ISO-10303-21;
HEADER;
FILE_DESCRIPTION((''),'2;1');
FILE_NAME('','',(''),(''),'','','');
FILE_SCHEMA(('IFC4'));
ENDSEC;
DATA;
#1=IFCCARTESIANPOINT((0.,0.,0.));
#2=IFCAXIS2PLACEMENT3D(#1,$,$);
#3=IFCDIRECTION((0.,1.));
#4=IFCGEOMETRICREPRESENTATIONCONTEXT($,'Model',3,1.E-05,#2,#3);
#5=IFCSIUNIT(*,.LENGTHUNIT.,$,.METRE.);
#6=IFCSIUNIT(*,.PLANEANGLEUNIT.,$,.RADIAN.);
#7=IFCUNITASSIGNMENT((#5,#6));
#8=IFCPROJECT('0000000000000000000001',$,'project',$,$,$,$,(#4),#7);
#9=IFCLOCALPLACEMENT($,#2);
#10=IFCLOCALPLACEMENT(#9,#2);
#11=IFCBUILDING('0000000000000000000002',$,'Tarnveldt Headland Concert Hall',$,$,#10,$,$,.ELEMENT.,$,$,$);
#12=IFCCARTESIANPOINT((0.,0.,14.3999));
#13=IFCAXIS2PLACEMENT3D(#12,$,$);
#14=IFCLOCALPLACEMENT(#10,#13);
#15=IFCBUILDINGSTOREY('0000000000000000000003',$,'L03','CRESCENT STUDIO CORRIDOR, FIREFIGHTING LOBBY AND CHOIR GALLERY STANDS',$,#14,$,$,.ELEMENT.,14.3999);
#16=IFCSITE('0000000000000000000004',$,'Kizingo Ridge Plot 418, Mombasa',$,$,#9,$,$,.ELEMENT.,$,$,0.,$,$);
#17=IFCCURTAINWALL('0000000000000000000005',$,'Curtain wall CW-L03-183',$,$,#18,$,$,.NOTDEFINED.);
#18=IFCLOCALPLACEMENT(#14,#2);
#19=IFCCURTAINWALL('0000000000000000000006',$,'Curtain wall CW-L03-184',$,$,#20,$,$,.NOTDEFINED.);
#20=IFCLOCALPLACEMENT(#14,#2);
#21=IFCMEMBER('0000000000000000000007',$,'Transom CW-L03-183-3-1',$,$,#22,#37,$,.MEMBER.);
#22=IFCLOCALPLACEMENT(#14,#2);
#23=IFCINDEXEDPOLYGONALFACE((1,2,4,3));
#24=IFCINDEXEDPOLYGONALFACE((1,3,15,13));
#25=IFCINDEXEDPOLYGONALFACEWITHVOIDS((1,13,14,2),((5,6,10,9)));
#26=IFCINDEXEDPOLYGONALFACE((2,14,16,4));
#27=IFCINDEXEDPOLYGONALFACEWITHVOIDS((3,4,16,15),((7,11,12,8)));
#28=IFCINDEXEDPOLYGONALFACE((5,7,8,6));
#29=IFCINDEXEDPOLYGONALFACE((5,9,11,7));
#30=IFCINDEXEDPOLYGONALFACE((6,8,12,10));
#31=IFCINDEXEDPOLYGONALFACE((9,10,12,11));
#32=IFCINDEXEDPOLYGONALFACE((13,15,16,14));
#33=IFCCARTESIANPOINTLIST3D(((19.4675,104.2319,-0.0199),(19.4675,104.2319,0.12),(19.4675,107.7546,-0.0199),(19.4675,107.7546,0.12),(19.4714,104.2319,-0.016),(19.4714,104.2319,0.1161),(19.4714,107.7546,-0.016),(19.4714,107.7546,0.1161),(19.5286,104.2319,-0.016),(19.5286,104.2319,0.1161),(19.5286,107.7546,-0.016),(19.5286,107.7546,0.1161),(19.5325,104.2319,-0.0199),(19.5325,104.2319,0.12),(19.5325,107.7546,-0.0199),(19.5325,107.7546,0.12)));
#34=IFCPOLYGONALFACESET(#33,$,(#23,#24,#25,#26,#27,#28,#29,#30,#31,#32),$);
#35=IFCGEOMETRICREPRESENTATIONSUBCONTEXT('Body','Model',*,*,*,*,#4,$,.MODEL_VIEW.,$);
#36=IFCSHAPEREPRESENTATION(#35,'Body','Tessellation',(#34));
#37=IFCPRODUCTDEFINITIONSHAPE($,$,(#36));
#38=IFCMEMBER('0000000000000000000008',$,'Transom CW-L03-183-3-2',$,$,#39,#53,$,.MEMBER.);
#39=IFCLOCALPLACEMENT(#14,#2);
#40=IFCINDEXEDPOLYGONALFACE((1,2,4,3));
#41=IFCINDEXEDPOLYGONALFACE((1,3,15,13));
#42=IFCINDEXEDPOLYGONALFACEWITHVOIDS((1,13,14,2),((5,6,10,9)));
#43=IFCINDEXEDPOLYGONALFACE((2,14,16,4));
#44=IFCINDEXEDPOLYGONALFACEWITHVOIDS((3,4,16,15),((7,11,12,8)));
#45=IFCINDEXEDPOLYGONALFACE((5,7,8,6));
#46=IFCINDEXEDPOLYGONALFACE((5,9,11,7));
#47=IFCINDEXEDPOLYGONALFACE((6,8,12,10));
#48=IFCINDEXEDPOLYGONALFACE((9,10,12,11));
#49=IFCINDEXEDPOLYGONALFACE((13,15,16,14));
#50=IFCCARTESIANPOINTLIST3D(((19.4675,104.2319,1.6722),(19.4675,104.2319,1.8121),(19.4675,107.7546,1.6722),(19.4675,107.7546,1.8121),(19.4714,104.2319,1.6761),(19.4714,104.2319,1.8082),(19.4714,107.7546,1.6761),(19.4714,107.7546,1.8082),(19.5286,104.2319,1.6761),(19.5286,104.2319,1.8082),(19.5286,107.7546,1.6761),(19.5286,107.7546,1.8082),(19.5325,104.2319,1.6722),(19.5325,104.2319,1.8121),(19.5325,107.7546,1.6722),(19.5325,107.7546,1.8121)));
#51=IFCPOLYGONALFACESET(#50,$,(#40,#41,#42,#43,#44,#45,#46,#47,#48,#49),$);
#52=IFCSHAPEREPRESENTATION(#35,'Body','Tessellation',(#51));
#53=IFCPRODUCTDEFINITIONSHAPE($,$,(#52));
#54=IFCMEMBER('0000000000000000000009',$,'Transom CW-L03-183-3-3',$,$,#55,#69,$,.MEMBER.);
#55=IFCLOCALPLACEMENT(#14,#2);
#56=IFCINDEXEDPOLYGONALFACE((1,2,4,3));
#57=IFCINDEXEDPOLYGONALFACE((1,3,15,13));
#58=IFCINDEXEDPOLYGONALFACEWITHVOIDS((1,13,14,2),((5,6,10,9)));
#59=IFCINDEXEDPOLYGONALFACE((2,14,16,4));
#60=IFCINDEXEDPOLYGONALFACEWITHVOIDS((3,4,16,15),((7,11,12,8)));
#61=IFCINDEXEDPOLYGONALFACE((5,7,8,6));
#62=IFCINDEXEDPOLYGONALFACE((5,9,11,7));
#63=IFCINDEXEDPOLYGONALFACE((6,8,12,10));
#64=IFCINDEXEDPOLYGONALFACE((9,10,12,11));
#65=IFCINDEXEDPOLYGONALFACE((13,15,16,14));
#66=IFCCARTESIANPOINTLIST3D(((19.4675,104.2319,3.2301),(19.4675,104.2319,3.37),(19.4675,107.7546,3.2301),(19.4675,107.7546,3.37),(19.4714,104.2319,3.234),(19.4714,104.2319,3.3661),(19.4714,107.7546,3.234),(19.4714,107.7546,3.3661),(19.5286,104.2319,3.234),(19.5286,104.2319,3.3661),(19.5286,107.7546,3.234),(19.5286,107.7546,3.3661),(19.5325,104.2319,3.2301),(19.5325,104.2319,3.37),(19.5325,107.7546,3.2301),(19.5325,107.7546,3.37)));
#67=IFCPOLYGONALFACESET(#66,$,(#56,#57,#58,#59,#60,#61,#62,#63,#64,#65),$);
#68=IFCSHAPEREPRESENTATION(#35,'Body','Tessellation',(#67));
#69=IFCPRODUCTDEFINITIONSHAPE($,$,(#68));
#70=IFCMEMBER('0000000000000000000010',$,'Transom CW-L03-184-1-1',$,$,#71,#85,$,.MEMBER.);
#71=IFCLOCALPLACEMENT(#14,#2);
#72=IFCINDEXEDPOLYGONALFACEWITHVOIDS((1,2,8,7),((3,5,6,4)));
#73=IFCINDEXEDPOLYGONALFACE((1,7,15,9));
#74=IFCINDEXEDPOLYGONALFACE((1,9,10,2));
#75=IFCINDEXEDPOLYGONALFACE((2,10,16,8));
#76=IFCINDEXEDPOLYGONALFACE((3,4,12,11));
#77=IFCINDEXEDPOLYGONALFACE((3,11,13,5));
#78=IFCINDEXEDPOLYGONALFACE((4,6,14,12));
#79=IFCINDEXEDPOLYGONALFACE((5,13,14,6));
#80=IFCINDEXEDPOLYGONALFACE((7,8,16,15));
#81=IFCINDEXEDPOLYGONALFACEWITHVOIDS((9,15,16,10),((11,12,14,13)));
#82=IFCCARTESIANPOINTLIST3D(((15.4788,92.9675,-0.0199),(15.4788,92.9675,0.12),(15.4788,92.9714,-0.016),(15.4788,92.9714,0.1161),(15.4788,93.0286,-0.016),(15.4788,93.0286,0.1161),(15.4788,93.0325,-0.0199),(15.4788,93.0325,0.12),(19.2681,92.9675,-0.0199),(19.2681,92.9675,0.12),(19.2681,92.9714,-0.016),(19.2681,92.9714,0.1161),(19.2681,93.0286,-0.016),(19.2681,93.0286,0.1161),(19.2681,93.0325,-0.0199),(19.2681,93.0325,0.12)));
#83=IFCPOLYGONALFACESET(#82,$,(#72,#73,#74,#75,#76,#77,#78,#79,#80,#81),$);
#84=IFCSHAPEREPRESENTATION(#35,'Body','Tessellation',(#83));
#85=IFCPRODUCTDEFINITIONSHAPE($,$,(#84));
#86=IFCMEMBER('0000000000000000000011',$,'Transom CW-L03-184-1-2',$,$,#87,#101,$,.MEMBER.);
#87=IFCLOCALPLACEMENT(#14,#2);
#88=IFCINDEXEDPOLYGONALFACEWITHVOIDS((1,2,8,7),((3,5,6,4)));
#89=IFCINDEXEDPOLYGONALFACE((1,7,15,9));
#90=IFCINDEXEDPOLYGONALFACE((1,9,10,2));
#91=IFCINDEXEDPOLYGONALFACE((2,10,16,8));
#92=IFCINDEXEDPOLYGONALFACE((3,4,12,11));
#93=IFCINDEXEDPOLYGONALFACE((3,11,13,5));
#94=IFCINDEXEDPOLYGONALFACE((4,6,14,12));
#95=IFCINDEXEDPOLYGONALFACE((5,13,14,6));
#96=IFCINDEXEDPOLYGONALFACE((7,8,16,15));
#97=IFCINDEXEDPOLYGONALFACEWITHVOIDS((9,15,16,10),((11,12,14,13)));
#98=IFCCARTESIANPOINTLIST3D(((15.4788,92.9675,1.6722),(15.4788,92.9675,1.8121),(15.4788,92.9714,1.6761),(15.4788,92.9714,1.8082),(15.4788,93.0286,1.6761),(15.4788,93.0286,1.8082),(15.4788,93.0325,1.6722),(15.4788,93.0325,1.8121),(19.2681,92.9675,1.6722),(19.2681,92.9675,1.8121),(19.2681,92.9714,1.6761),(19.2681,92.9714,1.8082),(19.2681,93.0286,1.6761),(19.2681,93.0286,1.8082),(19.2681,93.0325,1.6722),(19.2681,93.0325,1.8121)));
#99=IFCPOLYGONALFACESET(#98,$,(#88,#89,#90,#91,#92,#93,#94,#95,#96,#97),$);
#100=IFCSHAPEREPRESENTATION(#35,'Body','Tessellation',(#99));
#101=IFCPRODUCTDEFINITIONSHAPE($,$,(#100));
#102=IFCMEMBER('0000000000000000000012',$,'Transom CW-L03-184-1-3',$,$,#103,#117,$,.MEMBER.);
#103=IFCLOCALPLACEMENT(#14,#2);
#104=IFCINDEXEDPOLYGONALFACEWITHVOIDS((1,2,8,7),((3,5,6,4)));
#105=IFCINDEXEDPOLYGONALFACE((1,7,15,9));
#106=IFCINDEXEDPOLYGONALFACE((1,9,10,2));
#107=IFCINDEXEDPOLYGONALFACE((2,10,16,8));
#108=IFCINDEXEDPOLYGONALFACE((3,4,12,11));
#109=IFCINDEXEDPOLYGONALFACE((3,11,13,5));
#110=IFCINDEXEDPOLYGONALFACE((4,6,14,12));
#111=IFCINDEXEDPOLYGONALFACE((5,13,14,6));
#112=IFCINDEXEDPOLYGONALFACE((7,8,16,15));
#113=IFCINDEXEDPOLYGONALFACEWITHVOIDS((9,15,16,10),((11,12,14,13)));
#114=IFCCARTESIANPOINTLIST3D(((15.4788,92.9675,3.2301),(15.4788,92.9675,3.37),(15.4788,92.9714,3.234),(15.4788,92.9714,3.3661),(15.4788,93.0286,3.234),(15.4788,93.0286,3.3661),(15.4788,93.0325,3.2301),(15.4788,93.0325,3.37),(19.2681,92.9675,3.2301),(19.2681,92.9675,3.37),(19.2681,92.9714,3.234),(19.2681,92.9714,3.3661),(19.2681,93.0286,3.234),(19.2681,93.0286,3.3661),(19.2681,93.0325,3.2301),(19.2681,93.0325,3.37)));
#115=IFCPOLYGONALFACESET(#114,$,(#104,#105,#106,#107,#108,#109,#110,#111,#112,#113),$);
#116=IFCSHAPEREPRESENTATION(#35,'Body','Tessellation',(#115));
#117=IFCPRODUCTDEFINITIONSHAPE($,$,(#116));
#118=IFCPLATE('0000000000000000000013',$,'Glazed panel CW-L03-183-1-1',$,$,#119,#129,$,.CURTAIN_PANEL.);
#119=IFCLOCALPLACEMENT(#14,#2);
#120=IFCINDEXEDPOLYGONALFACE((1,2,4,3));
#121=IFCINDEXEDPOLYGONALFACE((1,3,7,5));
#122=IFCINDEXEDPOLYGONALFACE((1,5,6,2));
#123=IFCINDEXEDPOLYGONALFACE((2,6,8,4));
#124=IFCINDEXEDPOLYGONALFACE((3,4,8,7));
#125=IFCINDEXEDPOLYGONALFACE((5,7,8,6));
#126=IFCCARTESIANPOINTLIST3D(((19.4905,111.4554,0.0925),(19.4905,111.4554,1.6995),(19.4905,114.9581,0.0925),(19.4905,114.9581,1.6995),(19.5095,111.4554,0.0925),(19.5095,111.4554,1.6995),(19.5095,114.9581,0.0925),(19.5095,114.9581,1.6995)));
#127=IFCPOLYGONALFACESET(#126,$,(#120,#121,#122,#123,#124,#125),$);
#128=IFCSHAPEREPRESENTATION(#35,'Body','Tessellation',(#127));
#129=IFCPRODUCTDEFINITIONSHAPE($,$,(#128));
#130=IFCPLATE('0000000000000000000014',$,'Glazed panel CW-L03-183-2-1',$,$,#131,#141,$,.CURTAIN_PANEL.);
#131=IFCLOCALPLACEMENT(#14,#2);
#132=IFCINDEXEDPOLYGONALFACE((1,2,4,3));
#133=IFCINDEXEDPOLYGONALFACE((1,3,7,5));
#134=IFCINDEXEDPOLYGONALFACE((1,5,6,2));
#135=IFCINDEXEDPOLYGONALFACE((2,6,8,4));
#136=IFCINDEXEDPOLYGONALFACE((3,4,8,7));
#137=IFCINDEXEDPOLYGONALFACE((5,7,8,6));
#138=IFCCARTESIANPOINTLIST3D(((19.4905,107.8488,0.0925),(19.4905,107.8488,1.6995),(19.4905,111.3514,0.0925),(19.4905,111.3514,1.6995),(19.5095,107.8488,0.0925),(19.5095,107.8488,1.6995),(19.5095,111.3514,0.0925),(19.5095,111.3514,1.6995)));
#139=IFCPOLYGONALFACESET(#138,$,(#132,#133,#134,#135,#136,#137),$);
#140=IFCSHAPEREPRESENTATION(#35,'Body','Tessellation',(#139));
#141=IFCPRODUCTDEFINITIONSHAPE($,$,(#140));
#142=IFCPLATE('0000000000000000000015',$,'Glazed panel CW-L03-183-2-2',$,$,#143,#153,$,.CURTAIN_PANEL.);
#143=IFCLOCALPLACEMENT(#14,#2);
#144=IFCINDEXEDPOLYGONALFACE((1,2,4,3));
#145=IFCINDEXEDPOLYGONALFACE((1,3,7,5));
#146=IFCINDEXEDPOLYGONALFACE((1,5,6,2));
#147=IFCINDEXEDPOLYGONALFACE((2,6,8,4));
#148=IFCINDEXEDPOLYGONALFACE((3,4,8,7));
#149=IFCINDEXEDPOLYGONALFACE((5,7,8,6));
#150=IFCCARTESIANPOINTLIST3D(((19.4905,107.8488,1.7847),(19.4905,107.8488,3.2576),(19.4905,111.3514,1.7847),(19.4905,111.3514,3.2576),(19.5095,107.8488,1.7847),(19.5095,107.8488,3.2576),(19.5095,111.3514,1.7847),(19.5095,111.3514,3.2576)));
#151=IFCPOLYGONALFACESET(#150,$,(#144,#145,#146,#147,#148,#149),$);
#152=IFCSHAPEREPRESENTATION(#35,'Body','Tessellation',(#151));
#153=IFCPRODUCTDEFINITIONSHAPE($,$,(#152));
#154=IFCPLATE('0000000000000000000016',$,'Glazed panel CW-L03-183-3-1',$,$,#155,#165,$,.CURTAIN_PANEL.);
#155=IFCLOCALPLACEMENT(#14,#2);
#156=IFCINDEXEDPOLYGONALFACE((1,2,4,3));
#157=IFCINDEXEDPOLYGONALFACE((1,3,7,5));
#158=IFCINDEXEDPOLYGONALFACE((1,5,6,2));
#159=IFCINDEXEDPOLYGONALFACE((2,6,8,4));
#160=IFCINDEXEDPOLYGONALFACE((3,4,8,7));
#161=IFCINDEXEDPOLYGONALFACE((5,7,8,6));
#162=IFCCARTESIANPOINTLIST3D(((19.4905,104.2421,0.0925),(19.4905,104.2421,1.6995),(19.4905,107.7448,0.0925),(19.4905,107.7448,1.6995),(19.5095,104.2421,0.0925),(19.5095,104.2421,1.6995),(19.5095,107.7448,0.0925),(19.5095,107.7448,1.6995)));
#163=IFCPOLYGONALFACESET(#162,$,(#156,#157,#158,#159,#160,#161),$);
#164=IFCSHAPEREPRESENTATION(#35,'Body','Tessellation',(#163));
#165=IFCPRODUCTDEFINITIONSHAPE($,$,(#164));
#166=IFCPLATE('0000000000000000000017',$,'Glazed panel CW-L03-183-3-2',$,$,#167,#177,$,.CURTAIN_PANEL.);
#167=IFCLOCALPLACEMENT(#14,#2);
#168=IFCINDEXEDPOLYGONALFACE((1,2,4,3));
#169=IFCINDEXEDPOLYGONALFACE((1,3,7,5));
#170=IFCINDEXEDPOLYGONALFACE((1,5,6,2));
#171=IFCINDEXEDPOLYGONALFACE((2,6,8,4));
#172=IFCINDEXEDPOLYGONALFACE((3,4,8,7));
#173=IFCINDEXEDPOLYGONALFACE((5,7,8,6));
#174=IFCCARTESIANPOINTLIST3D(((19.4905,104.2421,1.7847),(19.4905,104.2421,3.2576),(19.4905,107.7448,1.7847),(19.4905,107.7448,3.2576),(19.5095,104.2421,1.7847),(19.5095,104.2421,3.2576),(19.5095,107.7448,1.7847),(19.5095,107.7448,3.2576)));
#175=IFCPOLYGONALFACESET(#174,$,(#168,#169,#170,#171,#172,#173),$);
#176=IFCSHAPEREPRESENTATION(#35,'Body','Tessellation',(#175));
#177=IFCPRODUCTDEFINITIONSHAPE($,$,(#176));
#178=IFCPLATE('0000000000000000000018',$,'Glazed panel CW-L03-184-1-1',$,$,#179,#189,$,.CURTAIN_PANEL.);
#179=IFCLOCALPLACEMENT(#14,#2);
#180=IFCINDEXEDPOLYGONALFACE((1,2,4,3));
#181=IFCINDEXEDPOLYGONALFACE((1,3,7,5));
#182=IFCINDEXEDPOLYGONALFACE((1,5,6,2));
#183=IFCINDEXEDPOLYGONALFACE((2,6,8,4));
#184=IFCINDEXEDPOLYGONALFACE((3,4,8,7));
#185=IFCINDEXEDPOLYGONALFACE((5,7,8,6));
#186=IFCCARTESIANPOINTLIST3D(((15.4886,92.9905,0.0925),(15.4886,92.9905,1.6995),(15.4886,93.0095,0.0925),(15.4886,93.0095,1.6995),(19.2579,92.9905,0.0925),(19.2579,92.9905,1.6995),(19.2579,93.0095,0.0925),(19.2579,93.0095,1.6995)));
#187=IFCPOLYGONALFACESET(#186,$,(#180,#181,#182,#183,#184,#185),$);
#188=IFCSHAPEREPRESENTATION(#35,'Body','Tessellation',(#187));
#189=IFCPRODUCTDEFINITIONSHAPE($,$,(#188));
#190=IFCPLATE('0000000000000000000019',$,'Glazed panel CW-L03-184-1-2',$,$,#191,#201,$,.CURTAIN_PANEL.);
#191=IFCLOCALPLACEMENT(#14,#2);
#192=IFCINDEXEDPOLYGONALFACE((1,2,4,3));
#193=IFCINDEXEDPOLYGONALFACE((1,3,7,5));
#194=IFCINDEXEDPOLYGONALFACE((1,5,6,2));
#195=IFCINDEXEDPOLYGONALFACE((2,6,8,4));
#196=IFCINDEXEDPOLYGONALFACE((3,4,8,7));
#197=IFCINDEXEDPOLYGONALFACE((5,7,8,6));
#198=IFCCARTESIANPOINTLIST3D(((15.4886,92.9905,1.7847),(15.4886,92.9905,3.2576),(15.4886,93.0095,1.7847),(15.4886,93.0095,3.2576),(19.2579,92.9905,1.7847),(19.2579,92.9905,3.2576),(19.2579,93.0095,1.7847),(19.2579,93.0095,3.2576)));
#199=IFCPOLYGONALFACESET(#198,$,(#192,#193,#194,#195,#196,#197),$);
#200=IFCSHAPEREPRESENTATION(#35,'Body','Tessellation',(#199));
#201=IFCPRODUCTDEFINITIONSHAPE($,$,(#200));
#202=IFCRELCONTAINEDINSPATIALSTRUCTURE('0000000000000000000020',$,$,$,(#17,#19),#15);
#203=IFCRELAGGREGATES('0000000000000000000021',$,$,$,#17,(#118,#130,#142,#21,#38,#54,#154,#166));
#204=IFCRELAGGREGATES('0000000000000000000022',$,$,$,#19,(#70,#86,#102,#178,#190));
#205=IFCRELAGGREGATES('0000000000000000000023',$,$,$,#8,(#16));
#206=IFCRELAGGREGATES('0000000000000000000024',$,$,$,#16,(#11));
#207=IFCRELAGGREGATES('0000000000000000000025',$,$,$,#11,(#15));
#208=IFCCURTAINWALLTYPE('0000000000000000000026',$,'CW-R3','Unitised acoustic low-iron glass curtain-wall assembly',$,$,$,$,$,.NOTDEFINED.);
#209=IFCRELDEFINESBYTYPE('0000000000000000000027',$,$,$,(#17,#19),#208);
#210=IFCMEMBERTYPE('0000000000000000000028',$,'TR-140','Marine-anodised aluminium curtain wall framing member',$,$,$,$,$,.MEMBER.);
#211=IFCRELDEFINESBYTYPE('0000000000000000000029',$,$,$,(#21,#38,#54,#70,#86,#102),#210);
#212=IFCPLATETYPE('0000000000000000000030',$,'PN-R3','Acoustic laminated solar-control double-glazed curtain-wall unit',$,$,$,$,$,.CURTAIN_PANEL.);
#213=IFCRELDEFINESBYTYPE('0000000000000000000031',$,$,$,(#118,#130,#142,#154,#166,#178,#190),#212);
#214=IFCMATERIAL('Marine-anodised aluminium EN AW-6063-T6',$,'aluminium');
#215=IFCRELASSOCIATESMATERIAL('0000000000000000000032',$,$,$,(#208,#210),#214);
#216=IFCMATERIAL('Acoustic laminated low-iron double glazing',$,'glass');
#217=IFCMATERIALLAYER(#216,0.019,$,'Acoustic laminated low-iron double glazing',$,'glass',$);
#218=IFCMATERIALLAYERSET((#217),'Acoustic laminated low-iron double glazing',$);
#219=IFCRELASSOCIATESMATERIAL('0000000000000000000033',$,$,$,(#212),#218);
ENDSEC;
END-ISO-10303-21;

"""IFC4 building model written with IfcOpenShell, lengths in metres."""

from ifc_helpers import new_model, si_unit, direction, frame, origin, origin_2d, place, context, subcontext, project, spatial, rectangle, hollow_rectangle, extrude, material, layer, layer_set, material_profile, profile_set, type_object, element, aggregate, save


model = new_model("IFC4")

# Units and contexts
model_context = context("Model", 3, precision=1e-05, world=origin(), true_north=direction((0.0, 1.0)))
body_context = subcontext(model_context, "Body", "Model", "MODEL_VIEW")
ifc_project = project(units=[si_unit("LENGTHUNIT", "METRE"), si_unit("PLANEANGLEUNIT", "RADIAN")], contexts=[model_context])

# Site, building, storey
site_placement = place(None, origin())
site = spatial("IfcSite", under=ifc_project, at=site_placement, Name="Kizingo Ridge Plot 418, Mombasa", CompositionType="ELEMENT", RefElevation=0.0)
building_placement = place(site_placement, origin())
building = spatial("IfcBuilding", under=site, at=building_placement, Name="Tarnveldt Headland Concert Hall", CompositionType="ELEMENT")
storey_placement = place(building_placement, frame((0.0, 0.0, 14.3999)))
storey = spatial("IfcBuildingStorey", under=building, at=storey_placement, Name="L03", Description="CRESCENT STUDIO CORRIDOR, FIREFIGHTING LOBBY AND CHOIR GALLERY STANDS", CompositionType="ELEMENT", Elevation=14.3999)

# Curtain walls
ifc_material_1 = material(Name="Marine-anodised aluminium EN AW-6063-T6", Category="aluminium")
curtain_wall_type = type_object("IfcCurtainWallType", Name="CW-R3", Description="Unitised acoustic low-iron glass curtain-wall assembly", PredefinedType="NOTDEFINED", material=ifc_material_1)
curtain_wall_1_placement = place(storey_placement, origin())
curtain_wall_1 = element("IfcCurtainWall", 1, at=curtain_wall_1_placement, inside=storey, type_object=curtain_wall_type, Name="Curtain wall CW-L03-183", PredefinedType="NOTDEFINED")
curtain_wall_2_placement = place(storey_placement, origin())
curtain_wall_2 = element("IfcCurtainWall", 2, at=curtain_wall_2_placement, inside=storey, type_object=curtain_wall_type, Name="Curtain wall CW-L03-184", PredefinedType="NOTDEFINED")

# Members
ifc_material_profile_1 = material_profile(ifc_material_1, hollow_rectangle(XDim=0.0649, YDim=0.1399, WallThickness=0.0039, at=origin_2d()), Name="ALU TRANSOM 65x140x4", Category="aluminium")
ifc_profile_set_1 = profile_set([ifc_material_profile_1], Name="Marine-anodised aluminium EN AW-6063-T6")
member_type_1 = type_object("IfcMemberType", Name="TR-140", Description="Marine-anodised aluminium curtain wall framing member", PredefinedType="MEMBER", material=ifc_profile_set_1)
member_1_placement = place(storey_placement, frame((19.5, 107.7546, 0.05), z_axis=(0.0, -1.0, 0.0), x_axis=(1.0, 0.0, 0.0)))
member_1 = element("IfcMember", 3, at=member_1_placement, type_object=member_type_1, Name="Transom CW-L03-183-3-1", PredefinedType="MEMBER", context=body_context, shape_type="SweptSolid", body=[
    extrude(hollow_rectangle(XDim=0.0649, YDim=0.1399, WallThickness=0.0039, at=origin_2d()), origin(), (0.0, 0.0, 1.0), 3.5227),
])
member_2_placement = place(storey_placement, frame((19.5, 107.7546, 1.7422), z_axis=(0.0, -1.0, 0.0), x_axis=(1.0, 0.0, 0.0)))
member_2 = element("IfcMember", 4, at=member_2_placement, type_object=member_type_1, Name="Transom CW-L03-183-3-2", PredefinedType="MEMBER", context=body_context, shape_type="SweptSolid", body=[
    extrude(hollow_rectangle(XDim=0.0649, YDim=0.1399, WallThickness=0.0039, at=origin_2d()), origin(), (0.0, 0.0, 1.0), 3.5227),
])
member_3_placement = place(storey_placement, frame((19.5, 107.7546, 3.3), z_axis=(0.0, -1.0, 0.0), x_axis=(1.0, 0.0, 0.0)))
member_3 = element("IfcMember", 5, at=member_3_placement, type_object=member_type_1, Name="Transom CW-L03-183-3-3", PredefinedType="MEMBER", context=body_context, shape_type="SweptSolid", body=[
    extrude(hollow_rectangle(XDim=0.0649, YDim=0.1399, WallThickness=0.0039, at=origin_2d()), origin(), (0.0, 0.0, 1.0), 3.5227),
])
member_4_placement = place(storey_placement, frame((19.2681, 93.0, 0.05), z_axis=(-1.0, 0.0, 0.0), x_axis=(0.0, -1.0, 0.0)))
member_4 = element("IfcMember", 6, at=member_4_placement, type_object=member_type_1, Name="Transom CW-L03-184-1-1", PredefinedType="MEMBER", context=body_context, shape_type="SweptSolid", body=[
    extrude(hollow_rectangle(XDim=0.0649, YDim=0.1399, WallThickness=0.0039, at=origin_2d()), origin(), (0.0, 0.0, 1.0), 3.7893),
])
member_5_placement = place(storey_placement, frame((19.2681, 93.0, 1.7422), z_axis=(-1.0, 0.0, 0.0), x_axis=(0.0, -1.0, 0.0)))
member_5 = element("IfcMember", 7, at=member_5_placement, type_object=member_type_1, Name="Transom CW-L03-184-1-2", PredefinedType="MEMBER", context=body_context, shape_type="SweptSolid", body=[
    extrude(hollow_rectangle(XDim=0.0649, YDim=0.1399, WallThickness=0.0039, at=origin_2d()), origin(), (0.0, 0.0, 1.0), 3.7893),
])
member_6_placement = place(storey_placement, frame((19.2681, 93.0, 3.3), z_axis=(-1.0, 0.0, 0.0), x_axis=(0.0, -1.0, 0.0)))
member_6 = element("IfcMember", 8, at=member_6_placement, type_object=member_type_1, Name="Transom CW-L03-184-1-3", PredefinedType="MEMBER", context=body_context, shape_type="SweptSolid", body=[
    extrude(hollow_rectangle(XDim=0.0649, YDim=0.1399, WallThickness=0.0039, at=origin_2d()), origin(), (0.0, 0.0, 1.0), 3.7893),
])

# Plates
ifc_material_2 = material(Name="Acoustic laminated low-iron double glazing", Category="glass")
ifc_layer_1 = layer(ifc_material_2, 0.019, Name="Acoustic laminated low-iron double glazing", Category="glass")
ifc_layer_set_1 = layer_set([ifc_layer_1], Name="Acoustic laminated low-iron double glazing")
plate_type = type_object("IfcPlateType", Name="PN-R3", Description="Acoustic laminated solar-control double-glazed curtain-wall unit", PredefinedType="CURTAIN_PANEL", material=ifc_layer_set_1)
plate_1_placement = place(storey_placement, frame((19.5, 113.2068, 0.0925), z_axis=(0.0, 0.0, 1.0), x_axis=(0.0, -1.0, 0.0)))
plate_1 = element("IfcPlate", 9, at=plate_1_placement, type_object=plate_type, Name="Glazed panel CW-L03-183-1-1", PredefinedType="CURTAIN_PANEL", context=body_context, shape_type="SweptSolid", body=[
    extrude(rectangle(XDim=3.5027, YDim=0.019, at=origin_2d()), origin(), (0.0, 0.0, 1.0), 1.6069),
])
plate_2_placement = place(storey_placement, frame((19.5, 109.6001, 0.0925), z_axis=(0.0, 0.0, 1.0), x_axis=(0.0, -1.0, 0.0)))
plate_2 = element("IfcPlate", 10, at=plate_2_placement, type_object=plate_type, Name="Glazed panel CW-L03-183-2-1", PredefinedType="CURTAIN_PANEL", context=body_context, shape_type="SweptSolid", body=[
    extrude(rectangle(XDim=3.5027, YDim=0.019, at=origin_2d()), origin(), (0.0, 0.0, 1.0), 1.6069),
])
plate_3_placement = place(storey_placement, frame((19.5, 109.6001, 1.7847), z_axis=(0.0, 0.0, 1.0), x_axis=(0.0, -1.0, 0.0)))
plate_3 = element("IfcPlate", 11, at=plate_3_placement, type_object=plate_type, Name="Glazed panel CW-L03-183-2-2", PredefinedType="CURTAIN_PANEL", context=body_context, shape_type="SweptSolid", body=[
    extrude(rectangle(XDim=3.5027, YDim=0.019, at=origin_2d()), origin(), (0.0, 0.0, 1.0), 1.4729),
])
plate_4_placement = place(storey_placement, frame((19.5, 105.9934, 0.0925), z_axis=(0.0, 0.0, 1.0), x_axis=(0.0, -1.0, 0.0)))
plate_4 = element("IfcPlate", 12, at=plate_4_placement, type_object=plate_type, Name="Glazed panel CW-L03-183-3-1", PredefinedType="CURTAIN_PANEL", context=body_context, shape_type="SweptSolid", body=[
    extrude(rectangle(XDim=3.5027, YDim=0.019, at=origin_2d()), origin(), (0.0, 0.0, 1.0), 1.6069),
])
plate_5_placement = place(storey_placement, frame((19.5, 105.9934, 1.7847), z_axis=(0.0, 0.0, 1.0), x_axis=(0.0, -1.0, 0.0)))
plate_5 = element("IfcPlate", 13, at=plate_5_placement, type_object=plate_type, Name="Glazed panel CW-L03-183-3-2", PredefinedType="CURTAIN_PANEL", context=body_context, shape_type="SweptSolid", body=[
    extrude(rectangle(XDim=3.5027, YDim=0.019, at=origin_2d()), origin(), (0.0, 0.0, 1.0), 1.4729),
])
aggregate(curtain_wall_1, [plate_1, plate_2, plate_3, member_1, member_2, member_3, plate_4, plate_5])
plate_6_placement = place(storey_placement, frame((17.3733, 93.0, 0.0925), z_axis=(0.0, 0.0, 1.0), x_axis=(-1.0, 0.0, 0.0)))
plate_6 = element("IfcPlate", 14, at=plate_6_placement, type_object=plate_type, Name="Glazed panel CW-L03-184-1-1", PredefinedType="CURTAIN_PANEL", context=body_context, shape_type="SweptSolid", body=[
    extrude(rectangle(XDim=3.7693, YDim=0.019, at=origin_2d()), origin(), (0.0, 0.0, 1.0), 1.6069),
])
plate_7_placement = place(storey_placement, frame((17.3733, 93.0, 1.7847), z_axis=(0.0, 0.0, 1.0), x_axis=(-1.0, 0.0, 0.0)))
plate_7 = element("IfcPlate", 15, at=plate_7_placement, type_object=plate_type, Name="Glazed panel CW-L03-184-1-2", PredefinedType="CURTAIN_PANEL", context=body_context, shape_type="SweptSolid", body=[
    extrude(rectangle(XDim=3.7693, YDim=0.019, at=origin_2d()), origin(), (0.0, 0.0, 1.0), 1.4729),
])
aggregate(curtain_wall_2, [member_4, member_5, member_6, plate_6, plate_7])

save(model, "model.ifc")
